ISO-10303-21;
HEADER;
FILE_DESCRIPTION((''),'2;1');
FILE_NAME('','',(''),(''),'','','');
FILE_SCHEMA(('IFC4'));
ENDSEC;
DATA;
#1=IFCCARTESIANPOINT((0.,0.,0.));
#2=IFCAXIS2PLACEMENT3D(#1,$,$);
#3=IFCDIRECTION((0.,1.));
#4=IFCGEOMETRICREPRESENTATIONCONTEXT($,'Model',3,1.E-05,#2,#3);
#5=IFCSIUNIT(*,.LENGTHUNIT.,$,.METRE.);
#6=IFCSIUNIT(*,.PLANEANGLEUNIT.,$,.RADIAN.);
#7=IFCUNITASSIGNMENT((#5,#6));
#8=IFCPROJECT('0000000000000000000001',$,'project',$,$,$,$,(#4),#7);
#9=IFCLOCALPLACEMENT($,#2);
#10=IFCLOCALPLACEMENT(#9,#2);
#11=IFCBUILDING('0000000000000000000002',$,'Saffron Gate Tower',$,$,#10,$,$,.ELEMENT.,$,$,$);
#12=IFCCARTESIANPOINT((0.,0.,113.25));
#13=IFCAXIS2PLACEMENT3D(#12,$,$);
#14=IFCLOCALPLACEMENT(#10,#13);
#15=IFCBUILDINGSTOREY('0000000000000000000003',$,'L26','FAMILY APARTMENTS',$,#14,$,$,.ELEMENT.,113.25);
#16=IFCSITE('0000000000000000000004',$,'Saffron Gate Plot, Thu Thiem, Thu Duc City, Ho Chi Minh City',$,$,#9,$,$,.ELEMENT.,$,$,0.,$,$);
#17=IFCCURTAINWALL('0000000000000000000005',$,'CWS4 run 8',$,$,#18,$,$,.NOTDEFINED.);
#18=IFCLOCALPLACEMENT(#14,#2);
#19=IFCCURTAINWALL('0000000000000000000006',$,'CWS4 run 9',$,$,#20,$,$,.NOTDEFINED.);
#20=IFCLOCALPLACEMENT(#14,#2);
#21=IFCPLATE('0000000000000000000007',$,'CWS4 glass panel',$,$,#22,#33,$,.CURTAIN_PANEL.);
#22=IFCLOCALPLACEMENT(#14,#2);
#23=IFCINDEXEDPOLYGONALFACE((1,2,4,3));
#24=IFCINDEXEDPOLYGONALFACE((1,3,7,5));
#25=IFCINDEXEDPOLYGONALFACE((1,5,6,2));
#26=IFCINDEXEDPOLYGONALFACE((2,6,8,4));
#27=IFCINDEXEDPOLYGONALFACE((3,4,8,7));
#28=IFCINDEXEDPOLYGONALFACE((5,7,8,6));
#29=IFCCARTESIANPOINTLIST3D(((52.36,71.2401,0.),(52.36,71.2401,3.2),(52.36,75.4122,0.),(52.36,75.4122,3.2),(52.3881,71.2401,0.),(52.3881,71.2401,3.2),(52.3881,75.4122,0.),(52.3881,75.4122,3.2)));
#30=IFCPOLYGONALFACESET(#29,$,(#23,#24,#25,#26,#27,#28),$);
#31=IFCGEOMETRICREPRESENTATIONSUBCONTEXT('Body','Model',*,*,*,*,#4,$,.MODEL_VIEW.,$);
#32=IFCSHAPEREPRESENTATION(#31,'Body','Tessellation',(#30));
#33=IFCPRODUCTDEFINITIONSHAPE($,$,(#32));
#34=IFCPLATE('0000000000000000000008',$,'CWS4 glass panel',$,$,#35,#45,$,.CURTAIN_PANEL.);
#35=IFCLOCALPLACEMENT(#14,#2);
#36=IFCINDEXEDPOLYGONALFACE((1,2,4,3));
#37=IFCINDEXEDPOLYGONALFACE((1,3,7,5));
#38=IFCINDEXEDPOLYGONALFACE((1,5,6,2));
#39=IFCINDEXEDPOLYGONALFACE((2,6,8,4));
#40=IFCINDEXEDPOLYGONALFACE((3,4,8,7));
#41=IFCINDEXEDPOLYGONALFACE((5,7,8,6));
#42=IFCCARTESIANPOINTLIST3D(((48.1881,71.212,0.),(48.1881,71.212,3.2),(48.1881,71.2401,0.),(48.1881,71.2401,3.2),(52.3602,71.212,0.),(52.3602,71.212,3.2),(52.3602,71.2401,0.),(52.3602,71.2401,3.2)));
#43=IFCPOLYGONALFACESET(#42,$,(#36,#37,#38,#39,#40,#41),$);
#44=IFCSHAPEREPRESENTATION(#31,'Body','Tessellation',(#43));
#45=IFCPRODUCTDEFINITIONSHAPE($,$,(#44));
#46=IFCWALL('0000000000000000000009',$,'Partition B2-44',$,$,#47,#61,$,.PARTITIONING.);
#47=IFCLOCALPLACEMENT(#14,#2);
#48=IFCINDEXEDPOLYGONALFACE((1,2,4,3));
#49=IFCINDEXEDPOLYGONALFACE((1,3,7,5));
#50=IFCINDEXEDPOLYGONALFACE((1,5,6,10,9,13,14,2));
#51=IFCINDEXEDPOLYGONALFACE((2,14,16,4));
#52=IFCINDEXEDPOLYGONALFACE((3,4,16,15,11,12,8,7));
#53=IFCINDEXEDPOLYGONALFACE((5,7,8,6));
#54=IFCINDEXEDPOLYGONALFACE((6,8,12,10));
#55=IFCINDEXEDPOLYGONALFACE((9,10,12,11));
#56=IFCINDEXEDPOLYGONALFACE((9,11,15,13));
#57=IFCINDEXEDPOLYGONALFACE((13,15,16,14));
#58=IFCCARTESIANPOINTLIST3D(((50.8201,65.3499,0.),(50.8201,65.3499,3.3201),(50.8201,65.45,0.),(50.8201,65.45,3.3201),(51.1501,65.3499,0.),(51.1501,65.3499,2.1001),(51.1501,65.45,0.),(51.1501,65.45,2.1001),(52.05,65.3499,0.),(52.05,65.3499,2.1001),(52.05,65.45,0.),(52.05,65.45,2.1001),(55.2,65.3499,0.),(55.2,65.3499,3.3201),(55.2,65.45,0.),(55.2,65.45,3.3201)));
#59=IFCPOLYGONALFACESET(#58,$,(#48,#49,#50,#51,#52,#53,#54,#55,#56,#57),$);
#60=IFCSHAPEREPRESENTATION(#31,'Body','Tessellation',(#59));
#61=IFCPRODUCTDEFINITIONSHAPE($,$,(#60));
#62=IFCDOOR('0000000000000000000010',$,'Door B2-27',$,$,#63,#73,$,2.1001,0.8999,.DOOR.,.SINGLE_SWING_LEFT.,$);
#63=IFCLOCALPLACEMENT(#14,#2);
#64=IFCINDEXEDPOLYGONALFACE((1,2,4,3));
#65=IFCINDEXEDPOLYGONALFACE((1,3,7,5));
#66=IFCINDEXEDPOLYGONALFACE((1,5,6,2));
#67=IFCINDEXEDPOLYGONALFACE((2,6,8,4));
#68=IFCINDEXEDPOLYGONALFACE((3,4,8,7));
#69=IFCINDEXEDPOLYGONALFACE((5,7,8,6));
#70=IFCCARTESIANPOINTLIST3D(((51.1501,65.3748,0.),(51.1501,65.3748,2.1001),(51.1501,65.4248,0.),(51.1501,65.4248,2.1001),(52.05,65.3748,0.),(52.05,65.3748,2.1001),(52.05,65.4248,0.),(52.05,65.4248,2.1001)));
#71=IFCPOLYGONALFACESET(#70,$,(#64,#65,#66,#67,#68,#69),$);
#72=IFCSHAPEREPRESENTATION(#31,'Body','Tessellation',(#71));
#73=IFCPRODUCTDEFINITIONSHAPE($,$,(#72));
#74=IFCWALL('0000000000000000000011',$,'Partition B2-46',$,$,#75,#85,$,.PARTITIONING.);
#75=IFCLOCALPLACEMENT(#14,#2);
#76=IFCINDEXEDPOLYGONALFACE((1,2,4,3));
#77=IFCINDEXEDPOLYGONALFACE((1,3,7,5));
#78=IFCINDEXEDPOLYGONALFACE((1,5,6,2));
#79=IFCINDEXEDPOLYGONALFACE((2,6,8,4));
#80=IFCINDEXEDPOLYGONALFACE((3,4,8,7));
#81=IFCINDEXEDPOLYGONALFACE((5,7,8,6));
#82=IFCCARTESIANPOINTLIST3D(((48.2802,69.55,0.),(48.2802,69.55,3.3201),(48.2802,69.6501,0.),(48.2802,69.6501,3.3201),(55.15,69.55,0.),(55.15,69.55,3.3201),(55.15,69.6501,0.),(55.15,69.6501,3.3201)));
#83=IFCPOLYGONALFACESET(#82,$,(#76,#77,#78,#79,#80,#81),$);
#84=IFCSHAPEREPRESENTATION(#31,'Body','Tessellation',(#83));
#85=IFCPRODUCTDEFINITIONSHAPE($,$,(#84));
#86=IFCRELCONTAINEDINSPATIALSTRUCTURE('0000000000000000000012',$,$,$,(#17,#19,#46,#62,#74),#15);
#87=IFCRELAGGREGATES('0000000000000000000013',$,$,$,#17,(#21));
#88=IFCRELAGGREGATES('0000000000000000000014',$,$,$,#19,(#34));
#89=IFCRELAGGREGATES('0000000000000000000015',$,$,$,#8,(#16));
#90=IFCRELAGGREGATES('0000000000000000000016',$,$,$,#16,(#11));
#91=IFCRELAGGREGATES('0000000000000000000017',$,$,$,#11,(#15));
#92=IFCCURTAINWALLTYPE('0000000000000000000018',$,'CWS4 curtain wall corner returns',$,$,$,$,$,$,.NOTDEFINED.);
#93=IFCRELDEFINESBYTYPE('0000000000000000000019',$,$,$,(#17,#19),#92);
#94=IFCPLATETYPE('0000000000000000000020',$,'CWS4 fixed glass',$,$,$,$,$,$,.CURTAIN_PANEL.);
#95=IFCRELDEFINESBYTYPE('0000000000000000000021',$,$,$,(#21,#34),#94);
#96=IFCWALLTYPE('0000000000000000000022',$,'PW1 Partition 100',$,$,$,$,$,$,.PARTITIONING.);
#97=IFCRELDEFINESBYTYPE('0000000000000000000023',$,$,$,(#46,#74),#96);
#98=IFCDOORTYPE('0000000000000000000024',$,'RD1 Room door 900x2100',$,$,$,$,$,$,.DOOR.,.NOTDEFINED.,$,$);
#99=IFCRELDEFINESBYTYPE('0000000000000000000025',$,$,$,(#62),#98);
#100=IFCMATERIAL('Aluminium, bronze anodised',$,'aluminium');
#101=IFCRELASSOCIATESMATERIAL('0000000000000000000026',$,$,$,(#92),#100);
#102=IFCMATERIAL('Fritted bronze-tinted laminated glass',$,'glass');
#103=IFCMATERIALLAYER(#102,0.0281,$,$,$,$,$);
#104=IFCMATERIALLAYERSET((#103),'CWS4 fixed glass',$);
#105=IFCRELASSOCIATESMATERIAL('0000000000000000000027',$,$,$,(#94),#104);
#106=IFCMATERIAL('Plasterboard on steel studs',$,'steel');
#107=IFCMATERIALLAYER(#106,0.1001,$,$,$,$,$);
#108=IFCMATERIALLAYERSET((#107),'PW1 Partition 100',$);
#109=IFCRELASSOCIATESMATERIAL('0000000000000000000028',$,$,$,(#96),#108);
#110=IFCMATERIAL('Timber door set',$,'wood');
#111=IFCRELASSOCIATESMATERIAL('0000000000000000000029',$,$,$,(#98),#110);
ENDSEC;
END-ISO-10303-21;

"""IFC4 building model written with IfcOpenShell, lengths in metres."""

from ifc_helpers import new_model, si_unit, direction, frame, frame_2d, origin, place, context, subcontext, project, spatial, rectangle, extrude, material, layer, layer_set, type_object, element, fill, aggregate, save


model = new_model("IFC4")

# Units and contexts
model_context = context("Model", 3, precision=1e-05, world=origin(), true_north=direction((0.0, 1.0)))
body_context = subcontext(model_context, "Body", "Model", "MODEL_VIEW")
ifc_project = project(units=[si_unit("LENGTHUNIT", "METRE"), si_unit("PLANEANGLEUNIT", "RADIAN")], contexts=[model_context])

# Site, building, storey
site_placement = place(None, origin())
site = spatial("IfcSite", under=ifc_project, at=site_placement, Name="Saffron Gate Plot, Thu Thiem, Thu Duc City, Ho Chi Minh City", CompositionType="ELEMENT", RefElevation=0.0)
building_placement = place(site_placement, origin())
building = spatial("IfcBuilding", under=site, at=building_placement, Name="Saffron Gate Tower", CompositionType="ELEMENT")
storey_placement = place(building_placement, frame((0.0, 0.0, 113.25)))
storey = spatial("IfcBuildingStorey", under=building, at=storey_placement, Name="L26", Description="FAMILY APARTMENTS", CompositionType="ELEMENT", Elevation=113.25)

# Shared definitions
ifc_material_1 = material(Name="Aluminium, bronze anodised", Category="aluminium")

# Curtain walls
curtain_wall_type_1 = type_object("IfcCurtainWallType", Name="CWS4 curtain wall corner returns", PredefinedType="NOTDEFINED", material=ifc_material_1)
curtain_wall_1_placement = place(storey_placement, origin())
curtain_wall_1 = element("IfcCurtainWall", 1, at=curtain_wall_1_placement, inside=storey, type_object=curtain_wall_type_1, Name="CWS4 run 8", PredefinedType="NOTDEFINED")
curtain_wall_2_placement = place(storey_placement, origin())
curtain_wall_2 = element("IfcCurtainWall", 2, at=curtain_wall_2_placement, inside=storey, type_object=curtain_wall_type_1, Name="CWS4 run 9", PredefinedType="NOTDEFINED")

# Shared definitions
ifc_material_2 = material(Name="Fritted bronze-tinted laminated glass", Category="glass")

# Plates
ifc_layer_1 = layer(ifc_material_2, 0.0281)
ifc_layer_set_1 = layer_set([ifc_layer_1], Name="CWS4 fixed glass")
plate_type_1 = type_object("IfcPlateType", Name="CWS4 fixed glass", PredefinedType="CURTAIN_PANEL", material=ifc_layer_set_1)
plate_1_placement = place(storey_placement, frame((52.374, 75.4121, 0.0), z_axis=(0.0, 0.0, 1.0), x_axis=(0.0, -1.0, 0.0)))
plate_1 = element("IfcPlate", 3, at=plate_1_placement, type_object=plate_type_1, Name="CWS4 glass panel", PredefinedType="CURTAIN_PANEL", context=body_context, shape_type="SweptSolid", body=[
    extrude(rectangle(XDim=4.1721, YDim=0.0281, at=frame_2d((2.0859, 0.0))), origin(), (0.0, 0.0, 1.0), 3.2),
])
aggregate(curtain_wall_1, [plate_1])
plate_2_placement = place(storey_placement, frame((52.3601, 71.2261, 0.0), z_axis=(0.0, 0.0, 1.0), x_axis=(-1.0, 0.0, 0.0)))
plate_2 = element("IfcPlate", 4, at=plate_2_placement, type_object=plate_type_1, Name="CWS4 glass panel", PredefinedType="CURTAIN_PANEL", context=body_context, shape_type="SweptSolid", body=[
    extrude(rectangle(XDim=4.1721, YDim=0.0281, at=frame_2d((2.0859, 0.0))), origin(), (0.0, 0.0, 1.0), 3.2),
])
aggregate(curtain_wall_2, [plate_2])

# Wall, opening, door
ifc_material_3 = material(Name="Plasterboard on steel studs", Category="steel")
ifc_layer_2 = layer(ifc_material_3, 0.1001)
ifc_layer_set_2 = layer_set([ifc_layer_2], Name="PW1 Partition 100")
wall_type = type_object("IfcWallType", Name="PW1 Partition 100", PredefinedType="PARTITIONING", material=ifc_layer_set_2)
wall_1_placement = place(storey_placement, frame((50.8201, 65.3999, 0.0), z_axis=(0.0, 0.0, 1.0), x_axis=(1.0, 0.0, 0.0)))
wall_1 = element("IfcWall", 5, at=wall_1_placement, inside=storey, type_object=wall_type, Name="Partition B2-44", PredefinedType="PARTITIONING", context=body_context, shape_type="SweptSolid", body=[
    extrude(rectangle(XDim=4.3799, YDim=0.1001, at=frame_2d((2.1899, 0.0))), origin(), (0.0, 0.0, 1.0), 3.3201),
])
opening_1_placement = place(wall_1_placement, frame((0.3301, 0.0, 0.0)))
opening_1 = element("IfcOpeningElement", 6, at=opening_1_placement, cuts=wall_1, PredefinedType="OPENING", context=body_context, shape_type="SweptSolid", body=[
    extrude(rectangle(XDim=0.8999, YDim=2.1001, at=frame_2d((0.45, 1.05))), frame((0.0, 0.0601, 0.0), z_axis=(0.0, -1.0, 0.0), x_axis=(1.0, 0.0, 0.0)), (0.0, 0.0, 1.0), 0.1201),
])
ifc_material_4 = material(Name="Timber door set", Category="wood")
door_type = type_object("IfcDoorType", Name="RD1 Room door 900x2100", OperationType="NOTDEFINED", PredefinedType="DOOR", material=ifc_material_4)
door_placement = place(opening_1_placement, origin())
door = element("IfcDoor", 7, at=door_placement, inside=storey, type_object=door_type, Name="Door B2-27", OperationType="SINGLE_SWING_LEFT", OverallHeight=2.1001, OverallWidth=0.8999, PredefinedType="DOOR", context=body_context, shape_type="SweptSolid", body=[
    extrude(rectangle(XDim=0.8999, YDim=2.1001, at=frame_2d((0.45, 1.05))), frame((0.0, 0.0249, 0.0), z_axis=(0.0, -1.0, 0.0), x_axis=(1.0, 0.0, 0.0)), (0.0, 0.0, 1.0), 0.05),
])
fill(opening_1, door)

# Wall
wall_2_placement = place(storey_placement, frame((48.28, 69.6001, 0.0), z_axis=(0.0, 0.0, 1.0), x_axis=(1.0, 0.0, 0.0)))
element("IfcWall", 8, at=wall_2_placement, inside=storey, type_object=wall_type, Name="Partition B2-46", PredefinedType="PARTITIONING", context=body_context, shape_type="SweptSolid", body=[
    extrude(rectangle(XDim=6.8699, YDim=0.1001, at=frame_2d((3.4351, 0.0))), origin(), (0.0, 0.0, 1.0), 3.3201),
])

save(model, "model.ifc")
